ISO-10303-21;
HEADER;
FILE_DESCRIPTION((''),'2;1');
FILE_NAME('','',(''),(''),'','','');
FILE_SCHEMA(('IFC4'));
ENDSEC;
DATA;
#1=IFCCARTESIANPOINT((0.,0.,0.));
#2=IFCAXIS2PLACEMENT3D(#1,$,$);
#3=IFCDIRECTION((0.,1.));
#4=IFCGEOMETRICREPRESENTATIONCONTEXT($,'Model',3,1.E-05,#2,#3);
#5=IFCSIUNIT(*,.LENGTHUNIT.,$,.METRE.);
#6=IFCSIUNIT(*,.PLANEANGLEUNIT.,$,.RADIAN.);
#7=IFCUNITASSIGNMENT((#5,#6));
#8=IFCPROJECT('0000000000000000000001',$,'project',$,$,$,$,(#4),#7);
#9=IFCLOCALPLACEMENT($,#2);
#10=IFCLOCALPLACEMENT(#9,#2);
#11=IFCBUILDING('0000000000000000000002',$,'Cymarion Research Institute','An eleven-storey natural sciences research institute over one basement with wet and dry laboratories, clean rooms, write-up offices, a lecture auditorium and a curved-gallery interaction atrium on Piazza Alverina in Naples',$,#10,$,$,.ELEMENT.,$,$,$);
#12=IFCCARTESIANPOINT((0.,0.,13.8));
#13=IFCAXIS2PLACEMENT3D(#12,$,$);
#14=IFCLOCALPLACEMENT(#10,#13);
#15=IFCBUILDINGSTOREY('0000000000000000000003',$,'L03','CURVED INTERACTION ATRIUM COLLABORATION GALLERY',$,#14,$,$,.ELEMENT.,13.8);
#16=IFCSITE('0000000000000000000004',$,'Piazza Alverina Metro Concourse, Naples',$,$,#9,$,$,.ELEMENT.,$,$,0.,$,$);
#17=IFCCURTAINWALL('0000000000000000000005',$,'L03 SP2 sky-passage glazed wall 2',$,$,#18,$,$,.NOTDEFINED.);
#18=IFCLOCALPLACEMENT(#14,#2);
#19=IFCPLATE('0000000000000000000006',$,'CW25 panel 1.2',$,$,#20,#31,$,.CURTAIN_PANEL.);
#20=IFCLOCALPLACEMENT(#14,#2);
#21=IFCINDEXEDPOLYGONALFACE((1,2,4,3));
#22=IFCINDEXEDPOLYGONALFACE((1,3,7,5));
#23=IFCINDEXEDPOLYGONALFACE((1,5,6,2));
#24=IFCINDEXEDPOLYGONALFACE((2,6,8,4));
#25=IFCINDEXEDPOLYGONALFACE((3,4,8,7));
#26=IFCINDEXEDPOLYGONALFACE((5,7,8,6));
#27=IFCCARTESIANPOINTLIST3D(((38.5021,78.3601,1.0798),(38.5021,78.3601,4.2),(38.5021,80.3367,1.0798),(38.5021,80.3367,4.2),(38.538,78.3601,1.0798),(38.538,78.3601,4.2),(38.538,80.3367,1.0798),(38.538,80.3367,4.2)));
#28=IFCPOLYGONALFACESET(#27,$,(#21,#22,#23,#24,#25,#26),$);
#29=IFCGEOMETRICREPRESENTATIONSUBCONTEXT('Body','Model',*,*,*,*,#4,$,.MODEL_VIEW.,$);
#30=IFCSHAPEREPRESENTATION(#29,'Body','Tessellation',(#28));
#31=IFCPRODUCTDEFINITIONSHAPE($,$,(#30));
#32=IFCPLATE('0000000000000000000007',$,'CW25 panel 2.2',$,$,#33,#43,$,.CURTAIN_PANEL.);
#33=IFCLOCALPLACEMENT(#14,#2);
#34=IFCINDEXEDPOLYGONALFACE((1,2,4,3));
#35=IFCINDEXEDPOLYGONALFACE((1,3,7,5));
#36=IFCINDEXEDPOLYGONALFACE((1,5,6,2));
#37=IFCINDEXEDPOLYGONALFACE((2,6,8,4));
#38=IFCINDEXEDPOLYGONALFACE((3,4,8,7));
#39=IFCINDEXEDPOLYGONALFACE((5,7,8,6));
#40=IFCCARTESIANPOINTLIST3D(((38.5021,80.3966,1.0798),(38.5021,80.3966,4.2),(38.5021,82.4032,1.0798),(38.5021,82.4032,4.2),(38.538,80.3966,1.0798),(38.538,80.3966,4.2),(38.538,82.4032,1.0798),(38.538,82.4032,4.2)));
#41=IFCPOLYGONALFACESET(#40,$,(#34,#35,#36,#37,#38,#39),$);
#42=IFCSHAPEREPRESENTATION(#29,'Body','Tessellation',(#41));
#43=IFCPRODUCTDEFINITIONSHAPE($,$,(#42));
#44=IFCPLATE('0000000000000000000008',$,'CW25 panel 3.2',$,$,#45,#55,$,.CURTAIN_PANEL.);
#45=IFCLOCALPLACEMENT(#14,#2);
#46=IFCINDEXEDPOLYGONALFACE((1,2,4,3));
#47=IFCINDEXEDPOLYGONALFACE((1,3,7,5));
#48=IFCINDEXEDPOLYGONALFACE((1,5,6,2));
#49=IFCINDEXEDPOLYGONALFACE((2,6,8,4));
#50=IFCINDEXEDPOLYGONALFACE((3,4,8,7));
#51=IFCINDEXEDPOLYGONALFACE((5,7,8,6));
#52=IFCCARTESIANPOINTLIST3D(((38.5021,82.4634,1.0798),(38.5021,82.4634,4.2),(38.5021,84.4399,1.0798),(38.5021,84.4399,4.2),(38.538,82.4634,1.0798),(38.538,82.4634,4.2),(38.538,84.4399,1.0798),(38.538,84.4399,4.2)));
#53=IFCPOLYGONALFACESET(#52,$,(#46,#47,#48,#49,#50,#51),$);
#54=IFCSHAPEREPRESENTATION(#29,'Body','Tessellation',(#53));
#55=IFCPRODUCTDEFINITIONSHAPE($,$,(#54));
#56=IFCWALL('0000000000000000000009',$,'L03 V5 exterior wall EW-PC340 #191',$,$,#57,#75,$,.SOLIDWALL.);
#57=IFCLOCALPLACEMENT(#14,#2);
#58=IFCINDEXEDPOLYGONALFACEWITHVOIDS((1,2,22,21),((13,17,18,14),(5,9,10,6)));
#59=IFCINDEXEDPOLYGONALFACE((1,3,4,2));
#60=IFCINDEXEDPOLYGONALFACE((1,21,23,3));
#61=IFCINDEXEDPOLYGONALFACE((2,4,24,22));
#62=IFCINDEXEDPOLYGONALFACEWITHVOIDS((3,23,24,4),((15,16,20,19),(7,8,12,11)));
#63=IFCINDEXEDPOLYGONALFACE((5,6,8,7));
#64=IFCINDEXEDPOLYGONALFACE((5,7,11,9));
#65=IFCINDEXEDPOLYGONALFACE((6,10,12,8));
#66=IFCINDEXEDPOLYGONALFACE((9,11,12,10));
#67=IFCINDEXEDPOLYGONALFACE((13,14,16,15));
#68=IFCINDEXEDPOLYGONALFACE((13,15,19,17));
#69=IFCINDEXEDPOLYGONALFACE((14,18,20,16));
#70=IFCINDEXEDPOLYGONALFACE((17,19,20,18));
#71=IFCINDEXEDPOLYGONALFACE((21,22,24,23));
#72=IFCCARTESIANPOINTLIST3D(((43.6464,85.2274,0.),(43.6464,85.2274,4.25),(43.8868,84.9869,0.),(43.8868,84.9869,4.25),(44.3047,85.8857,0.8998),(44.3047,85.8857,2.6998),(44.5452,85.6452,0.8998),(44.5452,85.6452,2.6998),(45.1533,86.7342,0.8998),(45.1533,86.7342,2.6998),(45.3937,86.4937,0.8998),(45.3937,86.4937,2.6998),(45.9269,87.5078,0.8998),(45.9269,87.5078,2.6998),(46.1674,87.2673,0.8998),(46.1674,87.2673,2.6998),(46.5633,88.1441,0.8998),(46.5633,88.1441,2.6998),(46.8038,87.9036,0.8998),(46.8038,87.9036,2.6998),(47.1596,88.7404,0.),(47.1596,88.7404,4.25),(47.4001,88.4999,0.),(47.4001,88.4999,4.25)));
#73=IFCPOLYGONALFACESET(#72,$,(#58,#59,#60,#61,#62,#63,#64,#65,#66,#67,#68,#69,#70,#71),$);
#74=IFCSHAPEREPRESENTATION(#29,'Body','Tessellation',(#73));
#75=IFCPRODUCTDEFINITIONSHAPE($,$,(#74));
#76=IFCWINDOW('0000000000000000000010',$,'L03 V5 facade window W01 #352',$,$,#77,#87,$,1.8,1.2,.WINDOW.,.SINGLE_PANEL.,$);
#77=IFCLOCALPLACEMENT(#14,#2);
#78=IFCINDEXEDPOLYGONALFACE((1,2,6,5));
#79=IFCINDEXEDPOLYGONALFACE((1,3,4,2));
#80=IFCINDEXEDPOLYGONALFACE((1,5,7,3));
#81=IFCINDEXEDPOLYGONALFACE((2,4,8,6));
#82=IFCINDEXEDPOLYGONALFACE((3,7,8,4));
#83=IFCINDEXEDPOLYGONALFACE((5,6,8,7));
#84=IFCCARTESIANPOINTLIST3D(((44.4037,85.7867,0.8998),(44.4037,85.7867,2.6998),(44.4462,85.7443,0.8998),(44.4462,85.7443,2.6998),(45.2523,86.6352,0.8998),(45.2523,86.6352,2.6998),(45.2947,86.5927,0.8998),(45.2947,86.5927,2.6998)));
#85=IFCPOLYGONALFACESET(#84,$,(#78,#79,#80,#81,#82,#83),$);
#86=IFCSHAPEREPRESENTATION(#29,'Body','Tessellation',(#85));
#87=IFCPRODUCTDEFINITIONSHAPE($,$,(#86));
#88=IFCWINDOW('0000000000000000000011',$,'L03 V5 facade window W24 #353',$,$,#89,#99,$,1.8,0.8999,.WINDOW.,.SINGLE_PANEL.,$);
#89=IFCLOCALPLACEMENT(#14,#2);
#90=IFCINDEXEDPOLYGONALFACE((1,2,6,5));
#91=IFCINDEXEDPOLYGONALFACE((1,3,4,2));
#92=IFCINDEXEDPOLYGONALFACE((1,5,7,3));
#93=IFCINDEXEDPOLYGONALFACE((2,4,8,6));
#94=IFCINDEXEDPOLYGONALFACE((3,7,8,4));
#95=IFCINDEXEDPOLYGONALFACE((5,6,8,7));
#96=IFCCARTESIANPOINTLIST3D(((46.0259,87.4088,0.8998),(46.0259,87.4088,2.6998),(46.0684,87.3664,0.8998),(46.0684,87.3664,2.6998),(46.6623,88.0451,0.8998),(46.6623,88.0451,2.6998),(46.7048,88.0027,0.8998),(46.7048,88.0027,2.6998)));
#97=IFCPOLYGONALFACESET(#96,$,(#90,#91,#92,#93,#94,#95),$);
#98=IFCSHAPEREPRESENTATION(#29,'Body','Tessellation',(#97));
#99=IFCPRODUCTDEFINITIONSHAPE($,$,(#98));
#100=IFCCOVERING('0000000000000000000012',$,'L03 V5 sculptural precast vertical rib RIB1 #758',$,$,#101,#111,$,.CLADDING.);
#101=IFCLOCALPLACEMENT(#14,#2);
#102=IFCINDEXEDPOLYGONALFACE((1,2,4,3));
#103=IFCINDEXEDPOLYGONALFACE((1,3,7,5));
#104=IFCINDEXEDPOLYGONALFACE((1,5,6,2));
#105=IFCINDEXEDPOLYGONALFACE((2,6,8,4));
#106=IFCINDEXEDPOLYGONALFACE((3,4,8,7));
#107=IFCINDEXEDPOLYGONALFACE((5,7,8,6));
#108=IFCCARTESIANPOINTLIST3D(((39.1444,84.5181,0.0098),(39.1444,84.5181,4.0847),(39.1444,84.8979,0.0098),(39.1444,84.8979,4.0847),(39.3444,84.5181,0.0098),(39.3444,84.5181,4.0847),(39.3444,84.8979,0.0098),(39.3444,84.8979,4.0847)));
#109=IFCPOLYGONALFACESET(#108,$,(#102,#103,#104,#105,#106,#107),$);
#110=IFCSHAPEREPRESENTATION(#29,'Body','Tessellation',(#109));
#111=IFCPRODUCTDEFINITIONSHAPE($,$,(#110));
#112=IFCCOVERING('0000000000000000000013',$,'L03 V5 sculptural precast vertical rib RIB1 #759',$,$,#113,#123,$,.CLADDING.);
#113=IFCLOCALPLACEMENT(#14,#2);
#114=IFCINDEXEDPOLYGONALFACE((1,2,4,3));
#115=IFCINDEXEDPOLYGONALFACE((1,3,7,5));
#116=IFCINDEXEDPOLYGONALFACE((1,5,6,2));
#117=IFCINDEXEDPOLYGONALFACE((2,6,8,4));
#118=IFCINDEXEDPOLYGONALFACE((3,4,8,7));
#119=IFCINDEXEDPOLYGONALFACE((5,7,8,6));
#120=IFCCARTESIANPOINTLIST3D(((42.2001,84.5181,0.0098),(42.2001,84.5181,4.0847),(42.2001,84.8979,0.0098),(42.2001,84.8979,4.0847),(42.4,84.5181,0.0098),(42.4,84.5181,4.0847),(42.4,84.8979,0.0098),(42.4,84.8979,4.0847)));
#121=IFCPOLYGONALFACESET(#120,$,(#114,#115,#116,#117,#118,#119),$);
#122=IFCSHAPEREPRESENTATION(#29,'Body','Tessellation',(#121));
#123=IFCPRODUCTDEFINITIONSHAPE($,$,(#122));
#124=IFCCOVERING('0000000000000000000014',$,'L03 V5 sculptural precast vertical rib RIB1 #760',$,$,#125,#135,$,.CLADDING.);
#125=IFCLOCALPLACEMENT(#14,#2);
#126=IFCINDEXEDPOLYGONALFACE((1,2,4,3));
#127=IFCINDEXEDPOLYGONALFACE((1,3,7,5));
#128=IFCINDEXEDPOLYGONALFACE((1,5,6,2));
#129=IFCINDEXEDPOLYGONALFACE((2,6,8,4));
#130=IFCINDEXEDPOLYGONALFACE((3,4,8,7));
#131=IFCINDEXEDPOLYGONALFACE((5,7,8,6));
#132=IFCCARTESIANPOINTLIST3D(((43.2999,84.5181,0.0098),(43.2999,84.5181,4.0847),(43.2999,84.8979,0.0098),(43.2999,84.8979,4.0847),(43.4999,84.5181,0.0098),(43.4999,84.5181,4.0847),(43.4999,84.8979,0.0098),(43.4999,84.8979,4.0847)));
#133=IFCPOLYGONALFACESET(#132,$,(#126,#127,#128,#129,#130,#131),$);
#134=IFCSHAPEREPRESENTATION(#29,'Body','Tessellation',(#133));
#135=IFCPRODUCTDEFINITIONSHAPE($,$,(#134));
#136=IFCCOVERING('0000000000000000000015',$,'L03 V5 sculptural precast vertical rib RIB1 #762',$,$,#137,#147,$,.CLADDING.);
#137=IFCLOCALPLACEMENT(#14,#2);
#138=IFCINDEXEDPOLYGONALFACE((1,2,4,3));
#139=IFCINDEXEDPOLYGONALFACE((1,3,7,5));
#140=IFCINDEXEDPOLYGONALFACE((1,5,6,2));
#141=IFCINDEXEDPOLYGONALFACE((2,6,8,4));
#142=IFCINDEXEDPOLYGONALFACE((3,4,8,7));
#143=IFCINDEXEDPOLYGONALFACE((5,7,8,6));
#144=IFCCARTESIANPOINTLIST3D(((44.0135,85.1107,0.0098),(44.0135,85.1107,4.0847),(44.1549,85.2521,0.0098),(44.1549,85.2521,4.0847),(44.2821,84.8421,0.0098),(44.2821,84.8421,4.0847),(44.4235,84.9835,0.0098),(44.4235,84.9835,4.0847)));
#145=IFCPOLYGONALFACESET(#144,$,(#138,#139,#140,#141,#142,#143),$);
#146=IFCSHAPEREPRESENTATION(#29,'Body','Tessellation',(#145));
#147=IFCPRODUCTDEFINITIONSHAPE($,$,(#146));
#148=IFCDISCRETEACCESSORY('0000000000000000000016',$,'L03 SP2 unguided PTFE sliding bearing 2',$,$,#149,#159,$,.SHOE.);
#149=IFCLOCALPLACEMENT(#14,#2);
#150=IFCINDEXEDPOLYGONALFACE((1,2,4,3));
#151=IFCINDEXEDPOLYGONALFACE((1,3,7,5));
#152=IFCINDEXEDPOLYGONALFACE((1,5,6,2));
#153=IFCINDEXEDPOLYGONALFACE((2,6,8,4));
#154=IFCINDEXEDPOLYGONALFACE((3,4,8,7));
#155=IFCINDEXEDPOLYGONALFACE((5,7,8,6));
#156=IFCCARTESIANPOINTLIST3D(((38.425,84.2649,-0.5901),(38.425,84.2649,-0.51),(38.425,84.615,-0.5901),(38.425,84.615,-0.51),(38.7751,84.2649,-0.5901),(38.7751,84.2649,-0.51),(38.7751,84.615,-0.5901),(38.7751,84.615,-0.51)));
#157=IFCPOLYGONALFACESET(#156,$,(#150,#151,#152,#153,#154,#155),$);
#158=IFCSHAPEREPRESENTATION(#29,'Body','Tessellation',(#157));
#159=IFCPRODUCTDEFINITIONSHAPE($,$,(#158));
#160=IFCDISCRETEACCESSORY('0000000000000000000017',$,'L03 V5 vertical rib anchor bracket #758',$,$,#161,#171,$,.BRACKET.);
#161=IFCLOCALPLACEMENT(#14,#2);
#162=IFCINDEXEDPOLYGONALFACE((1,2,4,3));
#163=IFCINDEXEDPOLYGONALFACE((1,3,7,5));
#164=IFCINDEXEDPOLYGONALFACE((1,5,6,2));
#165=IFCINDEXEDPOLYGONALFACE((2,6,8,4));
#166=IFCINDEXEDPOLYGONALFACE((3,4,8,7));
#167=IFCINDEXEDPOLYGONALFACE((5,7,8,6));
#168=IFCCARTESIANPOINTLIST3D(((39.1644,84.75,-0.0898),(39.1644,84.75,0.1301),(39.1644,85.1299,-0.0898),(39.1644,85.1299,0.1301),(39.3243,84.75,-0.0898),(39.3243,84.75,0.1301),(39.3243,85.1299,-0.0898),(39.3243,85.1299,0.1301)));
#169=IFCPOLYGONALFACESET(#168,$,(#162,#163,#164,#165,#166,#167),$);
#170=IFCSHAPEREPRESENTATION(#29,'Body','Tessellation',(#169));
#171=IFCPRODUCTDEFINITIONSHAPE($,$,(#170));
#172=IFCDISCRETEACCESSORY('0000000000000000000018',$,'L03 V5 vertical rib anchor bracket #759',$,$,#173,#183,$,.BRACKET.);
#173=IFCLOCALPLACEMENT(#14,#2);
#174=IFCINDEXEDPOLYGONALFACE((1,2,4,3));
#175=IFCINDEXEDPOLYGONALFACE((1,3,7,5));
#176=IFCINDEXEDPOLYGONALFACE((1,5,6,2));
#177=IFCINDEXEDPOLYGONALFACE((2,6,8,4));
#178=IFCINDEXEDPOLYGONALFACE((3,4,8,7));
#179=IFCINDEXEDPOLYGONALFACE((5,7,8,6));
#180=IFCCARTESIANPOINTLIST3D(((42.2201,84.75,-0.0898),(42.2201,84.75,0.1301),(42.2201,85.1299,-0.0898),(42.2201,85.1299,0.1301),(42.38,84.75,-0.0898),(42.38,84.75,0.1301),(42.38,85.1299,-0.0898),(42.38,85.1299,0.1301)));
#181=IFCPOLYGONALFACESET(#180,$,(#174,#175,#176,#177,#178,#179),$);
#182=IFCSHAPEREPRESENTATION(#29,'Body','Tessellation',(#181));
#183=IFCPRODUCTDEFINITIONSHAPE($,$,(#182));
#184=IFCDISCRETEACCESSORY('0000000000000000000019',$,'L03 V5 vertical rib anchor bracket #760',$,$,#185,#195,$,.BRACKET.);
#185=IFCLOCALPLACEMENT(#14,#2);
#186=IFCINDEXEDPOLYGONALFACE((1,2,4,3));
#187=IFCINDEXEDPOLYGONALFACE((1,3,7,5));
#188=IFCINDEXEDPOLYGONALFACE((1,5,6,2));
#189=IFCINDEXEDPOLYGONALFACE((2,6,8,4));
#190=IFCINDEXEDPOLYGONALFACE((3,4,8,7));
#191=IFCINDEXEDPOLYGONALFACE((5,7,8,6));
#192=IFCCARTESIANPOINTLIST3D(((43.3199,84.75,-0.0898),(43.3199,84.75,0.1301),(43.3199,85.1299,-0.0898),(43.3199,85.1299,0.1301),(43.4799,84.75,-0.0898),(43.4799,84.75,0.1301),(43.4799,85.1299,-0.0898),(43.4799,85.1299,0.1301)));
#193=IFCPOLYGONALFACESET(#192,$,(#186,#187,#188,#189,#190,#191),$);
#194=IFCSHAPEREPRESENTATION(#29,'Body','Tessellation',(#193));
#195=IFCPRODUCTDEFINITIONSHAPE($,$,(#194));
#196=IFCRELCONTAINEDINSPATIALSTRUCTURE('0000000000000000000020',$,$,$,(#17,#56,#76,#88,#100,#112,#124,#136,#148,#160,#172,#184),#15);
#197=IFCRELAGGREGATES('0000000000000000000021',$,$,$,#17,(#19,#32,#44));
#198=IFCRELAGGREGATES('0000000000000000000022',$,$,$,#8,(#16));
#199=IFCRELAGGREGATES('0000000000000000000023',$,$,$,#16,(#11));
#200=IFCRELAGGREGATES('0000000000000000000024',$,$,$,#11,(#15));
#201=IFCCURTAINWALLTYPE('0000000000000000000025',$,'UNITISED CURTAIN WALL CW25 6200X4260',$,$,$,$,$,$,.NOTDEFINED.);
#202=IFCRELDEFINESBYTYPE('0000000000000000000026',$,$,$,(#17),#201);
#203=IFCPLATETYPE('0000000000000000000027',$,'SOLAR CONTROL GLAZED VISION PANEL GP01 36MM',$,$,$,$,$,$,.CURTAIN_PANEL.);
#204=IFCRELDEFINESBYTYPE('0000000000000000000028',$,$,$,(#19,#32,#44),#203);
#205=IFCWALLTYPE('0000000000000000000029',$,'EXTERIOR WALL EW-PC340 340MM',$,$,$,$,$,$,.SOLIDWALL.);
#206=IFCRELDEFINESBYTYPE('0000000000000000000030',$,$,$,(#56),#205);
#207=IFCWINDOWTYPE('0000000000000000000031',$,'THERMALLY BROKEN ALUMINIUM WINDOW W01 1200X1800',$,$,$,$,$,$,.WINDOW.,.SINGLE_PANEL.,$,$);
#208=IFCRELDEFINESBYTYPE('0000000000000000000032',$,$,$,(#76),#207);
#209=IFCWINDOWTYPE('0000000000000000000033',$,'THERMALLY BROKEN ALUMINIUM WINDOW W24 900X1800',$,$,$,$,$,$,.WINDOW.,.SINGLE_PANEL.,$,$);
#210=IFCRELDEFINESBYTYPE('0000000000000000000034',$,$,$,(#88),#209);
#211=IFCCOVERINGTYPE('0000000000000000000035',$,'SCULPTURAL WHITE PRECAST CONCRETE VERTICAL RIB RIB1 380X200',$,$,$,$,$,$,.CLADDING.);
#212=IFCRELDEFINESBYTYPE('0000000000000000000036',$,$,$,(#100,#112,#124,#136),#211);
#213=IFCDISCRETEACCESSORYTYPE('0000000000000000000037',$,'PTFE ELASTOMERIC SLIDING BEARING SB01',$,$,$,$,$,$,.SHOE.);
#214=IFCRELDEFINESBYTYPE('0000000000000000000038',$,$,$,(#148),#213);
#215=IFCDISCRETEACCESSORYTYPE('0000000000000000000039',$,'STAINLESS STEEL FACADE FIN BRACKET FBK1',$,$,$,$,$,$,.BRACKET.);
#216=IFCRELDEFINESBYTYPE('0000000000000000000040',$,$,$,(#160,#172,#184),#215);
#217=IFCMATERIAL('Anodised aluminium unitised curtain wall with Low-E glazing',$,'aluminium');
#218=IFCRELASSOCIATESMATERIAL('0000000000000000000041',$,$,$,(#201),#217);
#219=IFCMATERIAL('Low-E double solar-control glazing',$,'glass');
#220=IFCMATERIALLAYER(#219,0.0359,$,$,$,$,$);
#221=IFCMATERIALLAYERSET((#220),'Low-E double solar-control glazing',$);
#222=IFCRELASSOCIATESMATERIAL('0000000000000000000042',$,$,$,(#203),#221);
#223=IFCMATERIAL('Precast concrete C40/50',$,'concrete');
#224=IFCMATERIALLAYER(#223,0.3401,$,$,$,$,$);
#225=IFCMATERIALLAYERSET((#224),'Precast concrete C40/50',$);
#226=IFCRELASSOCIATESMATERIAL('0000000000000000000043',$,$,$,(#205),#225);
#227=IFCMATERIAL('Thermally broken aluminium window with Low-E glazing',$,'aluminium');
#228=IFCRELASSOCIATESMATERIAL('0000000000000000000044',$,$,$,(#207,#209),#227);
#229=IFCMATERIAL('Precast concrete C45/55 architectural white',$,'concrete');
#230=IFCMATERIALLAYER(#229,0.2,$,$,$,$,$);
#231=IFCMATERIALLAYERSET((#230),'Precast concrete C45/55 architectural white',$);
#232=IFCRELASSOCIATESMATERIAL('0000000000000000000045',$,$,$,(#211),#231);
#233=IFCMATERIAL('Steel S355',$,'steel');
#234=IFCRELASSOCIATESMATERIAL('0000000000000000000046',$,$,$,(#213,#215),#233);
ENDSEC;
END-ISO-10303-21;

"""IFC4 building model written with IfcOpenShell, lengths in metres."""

from ifc_helpers import new_model, si_unit, direction, frame, frame_2d, origin, origin_2d, place, context, subcontext, project, spatial, rectangle, extrude, material, layer, layer_set, type_object, element, fill, aggregate, save


model = new_model("IFC4")

# Units and contexts
model_context = context("Model", 3, precision=1e-05, world=origin(), true_north=direction((0.0, 1.0)))
body_context = subcontext(model_context, "Body", "Model", "MODEL_VIEW")
ifc_project = project(units=[si_unit("LENGTHUNIT", "METRE"), si_unit("PLANEANGLEUNIT", "RADIAN")], contexts=[model_context])

# Site, building, storey
site_placement = place(None, origin())
site = spatial("IfcSite", under=ifc_project, at=site_placement, Name="Piazza Alverina Metro Concourse, Naples", CompositionType="ELEMENT", RefElevation=0.0)
building_placement = place(site_placement, origin())
building = spatial("IfcBuilding", under=site, at=building_placement, Name="Cymarion Research Institute", Description="An eleven-storey natural sciences research institute over one basement with wet and dry laboratories, clean rooms, write-up offices, a lecture auditorium and a curved-gallery interaction atrium on Piazza Alverina in Naples", CompositionType="ELEMENT")
storey_placement = place(building_placement, frame((0.0, 0.0, 13.8)))
storey = spatial("IfcBuildingStorey", under=building, at=storey_placement, Name="L03", Description="CURVED INTERACTION ATRIUM COLLABORATION GALLERY", CompositionType="ELEMENT", Elevation=13.8)

# Shared definitions
ifc_material_1 = material(Name="Steel S355", Category="steel")

# Curtain wall, plates
ifc_material_2 = material(Name="Anodised aluminium unitised curtain wall with Low-E glazing", Category="aluminium")
curtain_wall_type = type_object("IfcCurtainWallType", Name="UNITISED CURTAIN WALL CW25 6200X4260", PredefinedType="NOTDEFINED", material=ifc_material_2)
curtain_wall_placement = place(storey_placement, origin())
curtain_wall = element("IfcCurtainWall", 1, at=curtain_wall_placement, inside=storey, type_object=curtain_wall_type, Name="L03 SP2 sky-passage glazed wall 2", PredefinedType="NOTDEFINED")
ifc_material_3 = material(Name="Low-E double solar-control glazing", Category="glass")
ifc_layer_1 = layer(ifc_material_3, 0.0359)
ifc_layer_set_1 = layer_set([ifc_layer_1], Name="Low-E double solar-control glazing")
plate_type_1 = type_object("IfcPlateType", Name="SOLAR CONTROL GLAZED VISION PANEL GP01 36MM", PredefinedType="CURTAIN_PANEL", material=ifc_layer_set_1)
plate_1_placement = place(storey_placement, frame((38.52, 79.3484, 1.0798), z_axis=(0.0, 0.0, 1.0), x_axis=(0.0, 1.0, 0.0)))
plate_1 = element("IfcPlate", 2, at=plate_1_placement, type_object=plate_type_1, Name="CW25 panel 1.2", PredefinedType="CURTAIN_PANEL", context=body_context, shape_type="SweptSolid", body=[
    extrude(rectangle(XDim=1.9766, YDim=0.0359, at=origin_2d()), origin(), (0.0, 0.0, 1.0), 3.1201),
])
plate_2_placement = place(storey_placement, frame((38.52, 81.3999, 1.0798), z_axis=(0.0, 0.0, 1.0), x_axis=(0.0, 1.0, 0.0)))
plate_2 = element("IfcPlate", 3, at=plate_2_placement, type_object=plate_type_1, Name="CW25 panel 2.2", PredefinedType="CURTAIN_PANEL", context=body_context, shape_type="SweptSolid", body=[
    extrude(rectangle(XDim=2.0066, YDim=0.0359, at=origin_2d()), origin(), (0.0, 0.0, 1.0), 3.1201),
])
plate_3_placement = place(storey_placement, frame((38.52, 83.4517, 1.0798), z_axis=(0.0, 0.0, 1.0), x_axis=(0.0, 1.0, 0.0)))
plate_3 = element("IfcPlate", 4, at=plate_3_placement, type_object=plate_type_1, Name="CW25 panel 3.2", PredefinedType="CURTAIN_PANEL", context=body_context, shape_type="SweptSolid", body=[
    extrude(rectangle(XDim=1.9766, YDim=0.0359, at=origin_2d()), origin(), (0.0, 0.0, 1.0), 3.1201),
])
aggregate(curtain_wall, [plate_1, plate_2, plate_3])

# Wall, openings, windows
ifc_material_4 = material(Name="Precast concrete C40/50", Category="concrete")
ifc_layer_2 = layer(ifc_material_4, 0.3401)
ifc_layer_set_2 = layer_set([ifc_layer_2], Name="Precast concrete C40/50")
wall_type = type_object("IfcWallType", Name="EXTERIOR WALL EW-PC340 340MM", PredefinedType="SOLIDWALL", material=ifc_layer_set_2)
wall_placement = place(storey_placement, frame((43.7666, 85.1072, 0.0), z_axis=(0.0, 0.0, 1.0), x_axis=(0.707131, 0.707082, 0.0)))
wall = element("IfcWall", 5, at=wall_placement, inside=storey, type_object=wall_type, Name="L03 V5 exterior wall EW-PC340 #191", PredefinedType="SOLIDWALL", context=body_context, shape_type="SweptSolid", body=[
    extrude(rectangle(XDim=4.9683, YDim=0.3401, at=frame_2d((2.4841, 0.0))), origin(), (0.0, 0.0, 1.0), 4.25),
])
opening_1_placement = place(wall_placement, frame((0.9309, 0.0, 0.8999)))
opening_1 = element("IfcOpeningElement", 6, at=opening_1_placement, cuts=wall, PredefinedType="OPENING", context=body_context, shape_type="SweptSolid", body=[
    extrude(rectangle(XDim=1.2, YDim=1.8, at=frame_2d((0.6001, 0.8999))), frame((0.0, 0.1799, 0.0), z_axis=(0.0, -1.0, 0.0), x_axis=(1.0, 0.0, 0.0)), (0.0, 0.0, 1.0), 0.3601),
])
opening_2_placement = place(wall_placement, frame((3.2251, 0.0, 0.8999)))
opening_2 = element("IfcOpeningElement", 7, at=opening_2_placement, cuts=wall, PredefinedType="OPENING", context=body_context, shape_type="SweptSolid", body=[
    extrude(rectangle(XDim=0.8999, YDim=1.8, at=frame_2d((0.45, 0.8999))), frame((0.0, 0.1799, 0.0), z_axis=(0.0, -1.0, 0.0), x_axis=(1.0, 0.0, 0.0)), (0.0, 0.0, 1.0), 0.3601),
])
ifc_material_5 = material(Name="Thermally broken aluminium window with Low-E glazing", Category="aluminium")
window_type_1 = type_object("IfcWindowType", Name="THERMALLY BROKEN ALUMINIUM WINDOW W01 1200X1800", PartitioningType="SINGLE_PANEL", PredefinedType="WINDOW", material=ifc_material_5)
window_1_placement = place(opening_1_placement, origin())
window_1 = element("IfcWindow", 8, at=window_1_placement, inside=storey, type_object=window_type_1, Name="L03 V5 facade window W01 #352", OverallHeight=1.8, OverallWidth=1.2, PartitioningType="SINGLE_PANEL", PredefinedType="WINDOW", context=body_context, shape_type="SweptSolid", body=[
    extrude(rectangle(XDim=1.2, YDim=1.8, at=frame_2d((0.6001, 0.8999))), frame((0.0, 0.03, 0.0), z_axis=(0.0, -1.0, 0.0), x_axis=(1.0, 0.0, 0.0)), (0.0, 0.0, 1.0), 0.0601),
])
fill(opening_1, window_1)
window_type_2 = type_object("IfcWindowType", Name="THERMALLY BROKEN ALUMINIUM WINDOW W24 900X1800", PartitioningType="SINGLE_PANEL", PredefinedType="WINDOW", material=ifc_material_5)
window_2_placement = place(opening_2_placement, origin())
window_2 = element("IfcWindow", 9, at=window_2_placement, inside=storey, type_object=window_type_2, Name="L03 V5 facade window W24 #353", OverallHeight=1.8, OverallWidth=0.8999, PartitioningType="SINGLE_PANEL", PredefinedType="WINDOW", context=body_context, shape_type="SweptSolid", body=[
    extrude(rectangle(XDim=0.8999, YDim=1.8, at=frame_2d((0.45, 0.8999))), frame((0.0, 0.03, 0.0), z_axis=(0.0, -1.0, 0.0), x_axis=(1.0, 0.0, 0.0)), (0.0, 0.0, 1.0), 0.0601),
])
fill(opening_2, window_2)

# Coverings
ifc_material_6 = material(Name="Precast concrete C45/55 architectural white", Category="concrete")
ifc_layer_3 = layer(ifc_material_6, 0.2)
ifc_layer_set_3 = layer_set([ifc_layer_3], Name="Precast concrete C45/55 architectural white")
covering_type = type_object("IfcCoveringType", Name="SCULPTURAL WHITE PRECAST CONCRETE VERTICAL RIB RIB1 380X200", PredefinedType="CLADDING", material=ifc_layer_set_3)
for number, where, z_axis, x_axis, name in (
    (10, (39.2444, 84.708, 0.0098), (0.0, 0.0, 1.0), (0.0, -1.0, 0.0), "L03 V5 sculptural precast vertical rib RIB1 #758"),
    (11, (42.3, 84.708, 0.0098), (0.0, 0.0, 1.0), (0.0, -1.0, 0.0), "L03 V5 sculptural precast vertical rib RIB1 #759"),
    (12, (43.3999, 84.708, 0.0098), (0.0, 0.0, 1.0), (0.0, -1.0, 0.0), "L03 V5 sculptural precast vertical rib RIB1 #760"),
    (13, (44.2185, 85.0471, 0.0098), (0.0, 0.0, 1.0), (0.707107, -0.707107, 0.0), "L03 V5 sculptural precast vertical rib RIB1 #762"),
):
    element("IfcCovering", number, at=place(storey_placement, frame(where, z_axis=z_axis, x_axis=x_axis)), inside=storey, type_object=covering_type, Name=name, PredefinedType="CLADDING", context=body_context, shape_type="SweptSolid", body=[
        extrude(rectangle(XDim=0.3799, YDim=0.2, at=origin_2d()), origin(), (0.0, 0.0, 1.0), 4.075),
    ])

# Discrete accessories
discrete_accessory_type_1 = type_object("IfcDiscreteAccessoryType", Name="PTFE ELASTOMERIC SLIDING BEARING SB01", PredefinedType="SHOE", material=ifc_material_1)
discrete_accessory_1_placement = place(storey_placement, frame((38.6001, 84.4399, -0.5901), z_axis=(0.0, 0.0, 1.0), x_axis=(1.0, 0.0, 0.0)))
element("IfcDiscreteAccessory", 14, at=discrete_accessory_1_placement, inside=storey, type_object=discrete_accessory_type_1, Name="L03 SP2 unguided PTFE sliding bearing 2", PredefinedType="SHOE", context=body_context, shape_type="SweptSolid", body=[
    extrude(rectangle(XDim=0.3501, YDim=0.3501, at=origin_2d()), origin(), (0.0, 0.0, 1.0), 0.0801),
])
discrete_accessory_type_2 = type_object("IfcDiscreteAccessoryType", Name="STAINLESS STEEL FACADE FIN BRACKET FBK1", PredefinedType="BRACKET", material=ifc_material_1)
for number, where, z_axis, x_axis, name in (
    (15, (39.2444, 84.9399, -0.0898), (0.0, 0.0, 1.0), (0.0, -1.0, 0.0), "L03 V5 vertical rib anchor bracket #758"),
    (16, (42.3, 84.9399, -0.0898), (0.0, 0.0, 1.0), (0.0, -1.0, 0.0), "L03 V5 vertical rib anchor bracket #759"),
    (17, (43.3999, 84.9399, -0.0898), (0.0, 0.0, 1.0), (0.0, -1.0, 0.0), "L03 V5 vertical rib anchor bracket #760"),
):
    element("IfcDiscreteAccessory", number, at=place(storey_placement, frame(where, z_axis=z_axis, x_axis=x_axis)), inside=storey, type_object=discrete_accessory_type_2, Name=name, PredefinedType="BRACKET", context=body_context, shape_type="SweptSolid", body=[
        extrude(rectangle(XDim=0.3799, YDim=0.1599, at=origin_2d()), origin(), (0.0, 0.0, 1.0), 0.22),
    ])

save(model, "model.ifc")
